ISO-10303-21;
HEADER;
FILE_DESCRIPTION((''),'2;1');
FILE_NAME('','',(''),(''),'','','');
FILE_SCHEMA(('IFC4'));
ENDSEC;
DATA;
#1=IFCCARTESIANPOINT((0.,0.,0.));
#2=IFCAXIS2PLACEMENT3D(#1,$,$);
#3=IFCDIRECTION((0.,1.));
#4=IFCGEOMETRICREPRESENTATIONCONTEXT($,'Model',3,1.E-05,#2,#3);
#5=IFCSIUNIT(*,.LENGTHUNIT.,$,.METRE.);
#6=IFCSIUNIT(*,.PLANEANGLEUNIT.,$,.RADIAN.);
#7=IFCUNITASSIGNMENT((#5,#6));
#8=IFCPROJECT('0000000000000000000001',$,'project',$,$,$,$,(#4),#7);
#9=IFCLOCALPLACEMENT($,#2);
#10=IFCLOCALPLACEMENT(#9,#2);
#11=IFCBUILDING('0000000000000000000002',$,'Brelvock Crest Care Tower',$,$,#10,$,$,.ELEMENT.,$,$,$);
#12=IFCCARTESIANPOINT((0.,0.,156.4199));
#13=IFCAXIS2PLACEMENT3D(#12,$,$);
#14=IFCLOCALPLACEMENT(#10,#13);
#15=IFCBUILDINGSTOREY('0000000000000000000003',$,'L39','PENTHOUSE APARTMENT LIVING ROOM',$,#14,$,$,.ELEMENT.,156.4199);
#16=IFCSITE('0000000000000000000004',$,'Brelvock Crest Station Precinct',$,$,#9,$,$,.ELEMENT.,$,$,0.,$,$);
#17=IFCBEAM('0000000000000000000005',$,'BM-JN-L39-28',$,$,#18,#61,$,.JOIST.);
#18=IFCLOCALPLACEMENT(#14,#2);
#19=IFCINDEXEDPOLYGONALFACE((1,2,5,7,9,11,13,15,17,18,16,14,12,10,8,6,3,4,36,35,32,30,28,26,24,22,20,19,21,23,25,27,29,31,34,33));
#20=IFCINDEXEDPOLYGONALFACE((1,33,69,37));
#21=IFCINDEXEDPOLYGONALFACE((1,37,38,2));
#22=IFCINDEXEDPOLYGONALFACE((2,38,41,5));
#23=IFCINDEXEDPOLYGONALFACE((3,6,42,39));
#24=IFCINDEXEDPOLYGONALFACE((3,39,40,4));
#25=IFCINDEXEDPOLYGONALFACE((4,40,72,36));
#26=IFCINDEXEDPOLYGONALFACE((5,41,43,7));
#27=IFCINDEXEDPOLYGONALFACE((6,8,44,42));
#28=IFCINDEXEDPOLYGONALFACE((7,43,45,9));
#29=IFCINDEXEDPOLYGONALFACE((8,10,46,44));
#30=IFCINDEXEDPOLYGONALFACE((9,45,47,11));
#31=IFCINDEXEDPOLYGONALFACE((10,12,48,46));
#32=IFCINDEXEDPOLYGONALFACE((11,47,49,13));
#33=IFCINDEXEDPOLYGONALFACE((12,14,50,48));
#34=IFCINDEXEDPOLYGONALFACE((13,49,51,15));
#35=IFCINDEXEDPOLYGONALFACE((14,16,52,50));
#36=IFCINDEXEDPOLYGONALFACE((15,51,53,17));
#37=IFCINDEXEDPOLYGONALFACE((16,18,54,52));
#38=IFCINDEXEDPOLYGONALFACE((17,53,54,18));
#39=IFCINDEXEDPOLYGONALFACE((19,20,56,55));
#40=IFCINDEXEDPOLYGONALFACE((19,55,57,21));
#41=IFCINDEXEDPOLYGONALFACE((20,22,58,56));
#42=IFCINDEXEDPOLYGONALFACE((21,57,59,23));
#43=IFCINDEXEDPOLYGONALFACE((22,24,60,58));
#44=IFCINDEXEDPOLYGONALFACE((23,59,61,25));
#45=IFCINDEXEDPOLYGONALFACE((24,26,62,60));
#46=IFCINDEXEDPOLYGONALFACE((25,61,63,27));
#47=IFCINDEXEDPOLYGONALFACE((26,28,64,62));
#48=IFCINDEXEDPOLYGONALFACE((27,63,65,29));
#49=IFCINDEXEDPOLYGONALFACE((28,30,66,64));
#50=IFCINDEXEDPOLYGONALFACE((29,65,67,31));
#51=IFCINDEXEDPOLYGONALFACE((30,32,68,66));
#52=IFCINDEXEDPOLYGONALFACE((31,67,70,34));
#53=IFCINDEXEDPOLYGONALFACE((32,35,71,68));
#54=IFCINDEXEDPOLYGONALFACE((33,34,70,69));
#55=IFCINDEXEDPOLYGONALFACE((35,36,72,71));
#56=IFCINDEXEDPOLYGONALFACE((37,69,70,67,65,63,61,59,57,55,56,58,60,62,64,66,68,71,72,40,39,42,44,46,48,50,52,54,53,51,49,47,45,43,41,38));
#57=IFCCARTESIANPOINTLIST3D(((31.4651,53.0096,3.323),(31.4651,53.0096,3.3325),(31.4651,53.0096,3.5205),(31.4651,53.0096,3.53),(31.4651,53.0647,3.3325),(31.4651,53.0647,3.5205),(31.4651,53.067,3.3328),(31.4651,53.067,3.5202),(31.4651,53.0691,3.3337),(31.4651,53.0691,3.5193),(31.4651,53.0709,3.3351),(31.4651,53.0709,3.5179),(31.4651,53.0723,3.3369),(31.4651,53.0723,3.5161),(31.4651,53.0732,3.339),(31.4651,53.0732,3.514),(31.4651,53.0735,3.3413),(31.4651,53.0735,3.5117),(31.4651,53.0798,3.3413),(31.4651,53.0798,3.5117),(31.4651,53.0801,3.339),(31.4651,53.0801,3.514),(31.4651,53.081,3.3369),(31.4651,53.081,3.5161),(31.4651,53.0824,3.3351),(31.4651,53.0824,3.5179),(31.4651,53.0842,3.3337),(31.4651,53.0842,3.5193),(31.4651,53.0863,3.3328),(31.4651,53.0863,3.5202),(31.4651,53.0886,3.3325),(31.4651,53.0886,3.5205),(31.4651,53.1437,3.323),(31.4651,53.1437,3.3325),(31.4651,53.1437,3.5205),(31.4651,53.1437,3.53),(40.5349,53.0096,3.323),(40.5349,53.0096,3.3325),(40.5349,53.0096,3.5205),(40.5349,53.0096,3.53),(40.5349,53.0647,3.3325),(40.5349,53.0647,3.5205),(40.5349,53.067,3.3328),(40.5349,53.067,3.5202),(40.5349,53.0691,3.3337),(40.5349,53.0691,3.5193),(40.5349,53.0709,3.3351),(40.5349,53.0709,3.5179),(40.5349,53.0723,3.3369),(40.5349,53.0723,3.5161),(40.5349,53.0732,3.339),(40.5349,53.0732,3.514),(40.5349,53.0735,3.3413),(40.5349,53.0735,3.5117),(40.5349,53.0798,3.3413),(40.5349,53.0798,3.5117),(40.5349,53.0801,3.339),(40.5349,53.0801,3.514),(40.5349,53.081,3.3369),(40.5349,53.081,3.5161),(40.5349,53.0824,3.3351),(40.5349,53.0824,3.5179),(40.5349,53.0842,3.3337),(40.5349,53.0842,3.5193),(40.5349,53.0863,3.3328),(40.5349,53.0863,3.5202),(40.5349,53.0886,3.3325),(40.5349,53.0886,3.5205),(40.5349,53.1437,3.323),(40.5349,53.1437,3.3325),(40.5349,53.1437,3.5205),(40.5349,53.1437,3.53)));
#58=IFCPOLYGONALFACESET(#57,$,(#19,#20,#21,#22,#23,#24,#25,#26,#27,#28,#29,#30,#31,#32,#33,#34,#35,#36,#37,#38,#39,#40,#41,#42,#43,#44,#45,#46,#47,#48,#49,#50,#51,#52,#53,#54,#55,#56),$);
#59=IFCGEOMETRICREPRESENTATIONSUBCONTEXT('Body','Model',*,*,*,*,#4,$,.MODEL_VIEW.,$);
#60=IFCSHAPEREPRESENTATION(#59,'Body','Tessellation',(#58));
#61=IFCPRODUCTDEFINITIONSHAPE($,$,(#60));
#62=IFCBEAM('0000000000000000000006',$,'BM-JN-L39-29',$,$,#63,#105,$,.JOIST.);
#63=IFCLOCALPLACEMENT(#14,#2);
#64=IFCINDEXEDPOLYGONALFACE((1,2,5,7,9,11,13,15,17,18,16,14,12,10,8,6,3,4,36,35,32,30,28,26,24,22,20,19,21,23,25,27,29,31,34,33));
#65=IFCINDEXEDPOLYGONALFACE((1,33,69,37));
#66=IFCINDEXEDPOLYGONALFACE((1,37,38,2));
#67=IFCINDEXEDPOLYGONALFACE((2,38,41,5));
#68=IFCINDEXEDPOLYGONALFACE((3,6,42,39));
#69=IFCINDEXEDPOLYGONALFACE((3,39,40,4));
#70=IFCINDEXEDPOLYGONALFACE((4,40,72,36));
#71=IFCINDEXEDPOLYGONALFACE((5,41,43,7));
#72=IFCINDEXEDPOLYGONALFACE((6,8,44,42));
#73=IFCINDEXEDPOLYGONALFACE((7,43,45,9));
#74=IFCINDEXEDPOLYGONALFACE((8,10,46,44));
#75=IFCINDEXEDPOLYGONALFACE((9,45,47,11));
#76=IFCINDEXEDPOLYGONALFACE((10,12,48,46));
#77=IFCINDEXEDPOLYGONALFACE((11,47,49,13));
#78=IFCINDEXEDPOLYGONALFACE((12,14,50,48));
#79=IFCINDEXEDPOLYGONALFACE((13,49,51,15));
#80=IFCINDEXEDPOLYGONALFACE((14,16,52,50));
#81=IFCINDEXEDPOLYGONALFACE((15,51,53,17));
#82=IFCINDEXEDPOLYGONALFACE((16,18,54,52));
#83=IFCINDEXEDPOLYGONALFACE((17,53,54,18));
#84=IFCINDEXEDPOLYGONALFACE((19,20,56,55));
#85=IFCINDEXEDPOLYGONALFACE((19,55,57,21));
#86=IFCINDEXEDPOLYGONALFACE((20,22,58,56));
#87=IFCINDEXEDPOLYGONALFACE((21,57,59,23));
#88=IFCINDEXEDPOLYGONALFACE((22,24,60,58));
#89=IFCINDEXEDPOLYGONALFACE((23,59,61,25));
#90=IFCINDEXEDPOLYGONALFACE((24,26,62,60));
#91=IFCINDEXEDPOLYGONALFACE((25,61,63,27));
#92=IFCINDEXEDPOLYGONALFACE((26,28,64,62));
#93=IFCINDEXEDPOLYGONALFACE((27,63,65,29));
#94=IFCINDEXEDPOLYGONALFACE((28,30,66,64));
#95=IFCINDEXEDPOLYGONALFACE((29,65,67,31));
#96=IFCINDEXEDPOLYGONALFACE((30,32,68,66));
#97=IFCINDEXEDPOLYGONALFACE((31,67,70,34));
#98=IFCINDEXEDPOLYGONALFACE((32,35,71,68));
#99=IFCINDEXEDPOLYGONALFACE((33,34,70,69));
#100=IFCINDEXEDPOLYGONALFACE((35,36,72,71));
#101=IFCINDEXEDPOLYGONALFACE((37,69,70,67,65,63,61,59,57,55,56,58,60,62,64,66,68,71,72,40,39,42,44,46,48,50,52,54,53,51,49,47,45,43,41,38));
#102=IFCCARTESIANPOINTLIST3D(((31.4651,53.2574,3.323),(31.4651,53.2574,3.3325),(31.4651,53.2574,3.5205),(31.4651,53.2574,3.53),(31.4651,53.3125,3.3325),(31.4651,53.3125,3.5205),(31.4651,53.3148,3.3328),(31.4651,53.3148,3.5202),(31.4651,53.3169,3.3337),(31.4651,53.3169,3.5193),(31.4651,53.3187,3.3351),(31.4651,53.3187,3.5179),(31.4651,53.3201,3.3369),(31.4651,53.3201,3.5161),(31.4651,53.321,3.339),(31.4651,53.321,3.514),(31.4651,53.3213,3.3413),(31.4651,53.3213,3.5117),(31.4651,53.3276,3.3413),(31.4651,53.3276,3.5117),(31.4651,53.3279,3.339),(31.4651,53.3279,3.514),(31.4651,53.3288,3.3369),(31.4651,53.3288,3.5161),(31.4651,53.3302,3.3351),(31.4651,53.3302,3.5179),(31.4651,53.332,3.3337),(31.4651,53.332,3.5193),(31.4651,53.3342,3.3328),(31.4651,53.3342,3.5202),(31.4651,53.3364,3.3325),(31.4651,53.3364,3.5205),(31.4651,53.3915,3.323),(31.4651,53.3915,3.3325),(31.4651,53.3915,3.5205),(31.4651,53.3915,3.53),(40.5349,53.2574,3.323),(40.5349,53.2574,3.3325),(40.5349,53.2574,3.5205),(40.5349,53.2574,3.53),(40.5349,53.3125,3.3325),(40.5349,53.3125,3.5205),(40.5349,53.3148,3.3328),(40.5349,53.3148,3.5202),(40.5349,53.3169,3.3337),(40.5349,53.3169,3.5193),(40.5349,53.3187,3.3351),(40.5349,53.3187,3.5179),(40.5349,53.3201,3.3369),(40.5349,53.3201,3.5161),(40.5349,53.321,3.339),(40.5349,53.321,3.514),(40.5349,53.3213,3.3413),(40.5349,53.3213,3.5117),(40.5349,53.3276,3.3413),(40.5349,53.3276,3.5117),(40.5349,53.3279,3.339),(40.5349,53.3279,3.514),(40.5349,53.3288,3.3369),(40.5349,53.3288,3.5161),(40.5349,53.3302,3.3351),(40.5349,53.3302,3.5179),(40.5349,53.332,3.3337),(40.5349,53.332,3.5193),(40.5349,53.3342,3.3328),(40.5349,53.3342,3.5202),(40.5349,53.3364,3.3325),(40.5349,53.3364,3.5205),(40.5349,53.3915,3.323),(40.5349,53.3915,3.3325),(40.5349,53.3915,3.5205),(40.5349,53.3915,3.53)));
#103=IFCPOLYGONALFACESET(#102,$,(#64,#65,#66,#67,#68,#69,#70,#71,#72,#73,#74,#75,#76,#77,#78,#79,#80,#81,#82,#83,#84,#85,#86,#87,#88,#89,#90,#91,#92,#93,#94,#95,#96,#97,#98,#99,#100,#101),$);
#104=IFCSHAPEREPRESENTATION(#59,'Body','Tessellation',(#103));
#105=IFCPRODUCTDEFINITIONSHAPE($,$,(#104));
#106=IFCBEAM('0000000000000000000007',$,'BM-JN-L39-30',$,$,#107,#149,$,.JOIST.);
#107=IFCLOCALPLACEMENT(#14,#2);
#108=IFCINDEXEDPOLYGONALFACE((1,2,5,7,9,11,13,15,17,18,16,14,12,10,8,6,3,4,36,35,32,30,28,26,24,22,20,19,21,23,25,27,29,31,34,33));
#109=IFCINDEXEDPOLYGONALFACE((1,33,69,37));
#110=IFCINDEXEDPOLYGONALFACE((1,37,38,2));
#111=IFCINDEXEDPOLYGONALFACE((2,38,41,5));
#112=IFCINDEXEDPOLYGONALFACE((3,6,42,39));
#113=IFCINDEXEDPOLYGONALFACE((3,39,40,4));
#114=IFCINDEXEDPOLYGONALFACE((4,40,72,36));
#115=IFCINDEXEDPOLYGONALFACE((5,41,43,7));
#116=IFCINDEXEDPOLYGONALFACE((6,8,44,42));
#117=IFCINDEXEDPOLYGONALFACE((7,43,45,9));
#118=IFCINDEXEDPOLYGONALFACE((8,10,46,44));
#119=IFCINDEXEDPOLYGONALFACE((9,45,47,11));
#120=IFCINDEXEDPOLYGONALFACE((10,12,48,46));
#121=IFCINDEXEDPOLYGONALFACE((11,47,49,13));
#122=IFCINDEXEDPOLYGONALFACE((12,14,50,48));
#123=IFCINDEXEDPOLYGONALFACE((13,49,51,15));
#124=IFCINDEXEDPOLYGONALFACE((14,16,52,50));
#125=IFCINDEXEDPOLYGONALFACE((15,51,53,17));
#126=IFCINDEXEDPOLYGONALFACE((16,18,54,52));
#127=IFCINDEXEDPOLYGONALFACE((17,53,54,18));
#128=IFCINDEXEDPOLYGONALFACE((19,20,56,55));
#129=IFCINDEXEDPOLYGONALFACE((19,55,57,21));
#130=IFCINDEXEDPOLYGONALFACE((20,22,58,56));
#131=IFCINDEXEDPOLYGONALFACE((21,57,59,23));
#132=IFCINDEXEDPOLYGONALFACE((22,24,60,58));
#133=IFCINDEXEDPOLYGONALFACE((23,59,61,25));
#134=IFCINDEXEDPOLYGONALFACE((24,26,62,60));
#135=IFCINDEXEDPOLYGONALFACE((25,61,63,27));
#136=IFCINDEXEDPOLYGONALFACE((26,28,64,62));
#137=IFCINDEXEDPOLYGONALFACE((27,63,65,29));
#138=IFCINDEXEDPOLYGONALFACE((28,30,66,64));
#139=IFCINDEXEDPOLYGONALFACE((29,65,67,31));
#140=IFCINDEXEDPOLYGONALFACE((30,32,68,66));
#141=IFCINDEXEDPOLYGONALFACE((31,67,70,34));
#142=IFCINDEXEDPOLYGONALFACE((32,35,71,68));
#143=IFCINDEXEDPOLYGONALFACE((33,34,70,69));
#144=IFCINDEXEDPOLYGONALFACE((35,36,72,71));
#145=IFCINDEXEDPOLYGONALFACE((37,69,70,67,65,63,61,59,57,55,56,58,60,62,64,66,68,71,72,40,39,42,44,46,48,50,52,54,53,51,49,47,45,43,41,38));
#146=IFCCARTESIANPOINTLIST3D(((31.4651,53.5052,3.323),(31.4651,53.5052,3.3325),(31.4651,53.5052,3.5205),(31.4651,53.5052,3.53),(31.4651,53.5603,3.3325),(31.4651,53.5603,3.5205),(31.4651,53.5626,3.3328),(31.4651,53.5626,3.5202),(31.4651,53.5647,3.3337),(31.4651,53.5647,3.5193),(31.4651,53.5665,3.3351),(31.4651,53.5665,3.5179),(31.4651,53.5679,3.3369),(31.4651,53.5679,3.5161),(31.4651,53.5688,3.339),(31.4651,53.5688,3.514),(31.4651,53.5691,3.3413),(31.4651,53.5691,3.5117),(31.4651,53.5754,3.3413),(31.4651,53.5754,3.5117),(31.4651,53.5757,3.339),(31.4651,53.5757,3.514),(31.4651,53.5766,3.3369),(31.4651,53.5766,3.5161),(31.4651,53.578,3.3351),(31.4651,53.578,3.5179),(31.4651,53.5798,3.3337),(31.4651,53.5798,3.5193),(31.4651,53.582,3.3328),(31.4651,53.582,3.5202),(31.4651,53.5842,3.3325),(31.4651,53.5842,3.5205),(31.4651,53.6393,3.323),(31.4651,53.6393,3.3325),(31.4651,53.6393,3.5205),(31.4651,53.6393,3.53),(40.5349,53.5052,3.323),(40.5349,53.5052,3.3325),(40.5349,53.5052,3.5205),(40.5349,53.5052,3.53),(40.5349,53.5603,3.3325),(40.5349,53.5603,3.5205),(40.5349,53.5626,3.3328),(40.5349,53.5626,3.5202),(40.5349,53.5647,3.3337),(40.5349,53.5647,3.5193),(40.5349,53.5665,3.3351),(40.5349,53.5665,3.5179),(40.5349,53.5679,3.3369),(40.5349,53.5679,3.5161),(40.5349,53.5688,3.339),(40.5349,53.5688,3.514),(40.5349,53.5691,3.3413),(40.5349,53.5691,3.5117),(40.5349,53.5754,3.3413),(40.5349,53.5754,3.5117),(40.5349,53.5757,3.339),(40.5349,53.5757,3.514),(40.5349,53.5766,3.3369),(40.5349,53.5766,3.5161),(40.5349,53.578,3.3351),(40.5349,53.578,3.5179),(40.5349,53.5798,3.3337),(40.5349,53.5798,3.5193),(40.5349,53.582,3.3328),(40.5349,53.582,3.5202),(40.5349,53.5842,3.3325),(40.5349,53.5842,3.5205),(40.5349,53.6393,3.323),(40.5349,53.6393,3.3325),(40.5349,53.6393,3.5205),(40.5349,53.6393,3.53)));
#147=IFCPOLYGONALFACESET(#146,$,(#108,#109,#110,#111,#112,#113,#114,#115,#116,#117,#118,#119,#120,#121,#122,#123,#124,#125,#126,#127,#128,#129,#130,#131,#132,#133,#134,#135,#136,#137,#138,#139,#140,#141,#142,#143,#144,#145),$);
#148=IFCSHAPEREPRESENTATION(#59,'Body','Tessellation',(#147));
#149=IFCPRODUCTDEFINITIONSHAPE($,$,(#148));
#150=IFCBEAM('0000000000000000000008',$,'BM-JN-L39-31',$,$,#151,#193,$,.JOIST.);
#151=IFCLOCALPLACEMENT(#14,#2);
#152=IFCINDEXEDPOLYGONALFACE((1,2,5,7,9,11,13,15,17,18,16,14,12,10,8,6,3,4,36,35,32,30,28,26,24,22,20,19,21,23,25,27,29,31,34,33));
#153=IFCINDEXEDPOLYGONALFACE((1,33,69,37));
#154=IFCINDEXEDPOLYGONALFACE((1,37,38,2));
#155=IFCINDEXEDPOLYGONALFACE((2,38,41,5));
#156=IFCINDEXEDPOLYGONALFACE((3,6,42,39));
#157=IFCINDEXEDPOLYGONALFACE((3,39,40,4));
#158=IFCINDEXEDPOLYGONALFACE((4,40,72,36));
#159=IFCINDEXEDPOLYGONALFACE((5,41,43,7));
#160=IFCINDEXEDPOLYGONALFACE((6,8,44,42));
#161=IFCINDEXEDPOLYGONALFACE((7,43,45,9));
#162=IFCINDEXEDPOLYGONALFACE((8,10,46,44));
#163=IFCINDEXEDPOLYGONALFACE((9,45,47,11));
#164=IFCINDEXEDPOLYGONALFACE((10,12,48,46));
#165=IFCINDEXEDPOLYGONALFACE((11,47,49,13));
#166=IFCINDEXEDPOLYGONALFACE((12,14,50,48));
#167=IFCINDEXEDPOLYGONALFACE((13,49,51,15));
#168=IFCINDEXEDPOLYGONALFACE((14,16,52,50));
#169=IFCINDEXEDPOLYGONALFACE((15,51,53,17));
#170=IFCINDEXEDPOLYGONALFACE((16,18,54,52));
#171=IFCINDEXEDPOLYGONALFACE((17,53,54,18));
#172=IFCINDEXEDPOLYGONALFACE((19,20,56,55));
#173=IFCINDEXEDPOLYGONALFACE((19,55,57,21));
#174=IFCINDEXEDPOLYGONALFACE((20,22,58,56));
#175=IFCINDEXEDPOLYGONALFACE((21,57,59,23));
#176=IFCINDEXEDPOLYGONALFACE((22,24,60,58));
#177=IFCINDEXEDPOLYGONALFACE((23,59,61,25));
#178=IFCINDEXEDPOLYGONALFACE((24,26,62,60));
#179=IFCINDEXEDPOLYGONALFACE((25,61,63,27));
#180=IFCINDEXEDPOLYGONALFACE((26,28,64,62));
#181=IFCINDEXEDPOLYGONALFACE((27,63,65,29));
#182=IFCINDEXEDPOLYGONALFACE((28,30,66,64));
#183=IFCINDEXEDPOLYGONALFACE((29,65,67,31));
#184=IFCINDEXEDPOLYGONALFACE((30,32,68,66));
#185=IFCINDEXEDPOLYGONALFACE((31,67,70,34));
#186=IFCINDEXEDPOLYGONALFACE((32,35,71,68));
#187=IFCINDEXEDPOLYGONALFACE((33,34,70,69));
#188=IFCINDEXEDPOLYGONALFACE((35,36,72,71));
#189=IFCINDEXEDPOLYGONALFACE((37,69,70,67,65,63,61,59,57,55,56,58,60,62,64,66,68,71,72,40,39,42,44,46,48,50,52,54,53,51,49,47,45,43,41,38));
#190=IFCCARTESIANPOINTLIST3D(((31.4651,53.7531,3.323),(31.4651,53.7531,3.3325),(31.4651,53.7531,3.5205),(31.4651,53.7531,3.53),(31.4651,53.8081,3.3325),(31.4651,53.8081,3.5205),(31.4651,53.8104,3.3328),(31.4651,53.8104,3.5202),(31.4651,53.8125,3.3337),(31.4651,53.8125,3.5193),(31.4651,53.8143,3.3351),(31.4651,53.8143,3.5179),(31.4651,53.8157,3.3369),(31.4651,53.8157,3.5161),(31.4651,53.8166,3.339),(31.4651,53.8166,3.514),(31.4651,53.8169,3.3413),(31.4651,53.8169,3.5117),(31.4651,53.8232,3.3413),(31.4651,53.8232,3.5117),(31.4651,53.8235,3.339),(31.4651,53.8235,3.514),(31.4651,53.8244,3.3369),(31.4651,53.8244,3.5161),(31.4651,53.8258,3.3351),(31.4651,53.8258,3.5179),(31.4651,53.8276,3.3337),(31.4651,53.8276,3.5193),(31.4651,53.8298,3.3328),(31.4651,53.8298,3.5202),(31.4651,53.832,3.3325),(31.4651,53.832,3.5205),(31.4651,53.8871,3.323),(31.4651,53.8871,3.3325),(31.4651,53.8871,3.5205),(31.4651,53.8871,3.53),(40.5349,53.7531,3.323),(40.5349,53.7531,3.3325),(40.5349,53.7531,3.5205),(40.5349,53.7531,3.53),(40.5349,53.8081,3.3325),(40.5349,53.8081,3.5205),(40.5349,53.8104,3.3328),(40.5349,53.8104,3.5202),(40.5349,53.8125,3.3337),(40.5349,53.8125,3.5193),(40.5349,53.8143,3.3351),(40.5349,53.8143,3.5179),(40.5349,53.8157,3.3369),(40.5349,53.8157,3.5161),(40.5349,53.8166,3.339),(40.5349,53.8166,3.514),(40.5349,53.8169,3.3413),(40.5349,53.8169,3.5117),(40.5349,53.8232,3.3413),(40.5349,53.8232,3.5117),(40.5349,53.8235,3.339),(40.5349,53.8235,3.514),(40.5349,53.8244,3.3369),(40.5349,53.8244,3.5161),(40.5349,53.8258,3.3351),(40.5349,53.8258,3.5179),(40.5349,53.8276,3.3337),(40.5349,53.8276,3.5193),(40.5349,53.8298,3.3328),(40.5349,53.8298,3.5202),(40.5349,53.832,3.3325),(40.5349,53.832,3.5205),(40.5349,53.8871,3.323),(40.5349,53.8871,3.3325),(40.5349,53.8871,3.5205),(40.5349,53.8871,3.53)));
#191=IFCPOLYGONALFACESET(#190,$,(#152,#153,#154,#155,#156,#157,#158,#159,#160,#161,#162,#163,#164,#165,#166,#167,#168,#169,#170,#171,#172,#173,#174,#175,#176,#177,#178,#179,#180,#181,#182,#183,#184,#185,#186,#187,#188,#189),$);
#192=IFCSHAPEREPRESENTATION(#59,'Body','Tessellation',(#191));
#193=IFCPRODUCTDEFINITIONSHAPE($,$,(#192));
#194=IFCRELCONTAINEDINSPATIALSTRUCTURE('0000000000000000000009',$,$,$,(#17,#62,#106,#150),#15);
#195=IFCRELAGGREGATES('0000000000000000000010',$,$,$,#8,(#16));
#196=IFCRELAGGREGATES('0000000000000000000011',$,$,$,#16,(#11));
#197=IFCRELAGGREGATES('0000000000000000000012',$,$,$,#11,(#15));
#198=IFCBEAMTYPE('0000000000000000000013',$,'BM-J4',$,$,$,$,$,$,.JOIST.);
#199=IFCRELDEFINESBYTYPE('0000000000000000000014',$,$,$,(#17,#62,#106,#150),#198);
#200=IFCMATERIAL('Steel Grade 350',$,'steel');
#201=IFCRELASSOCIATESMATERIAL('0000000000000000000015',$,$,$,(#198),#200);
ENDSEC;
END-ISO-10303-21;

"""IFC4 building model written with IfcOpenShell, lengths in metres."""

from ifc_helpers import new_model, si_unit, direction, frame, origin, origin_2d, place, context, subcontext, project, spatial, i_section, extrude, source, transform, mapped, material, material_profile, profile_set, type_object, element, save


model = new_model("IFC4")

# Units and contexts
model_context = context("Model", 3, precision=1e-05, world=origin(), true_north=direction((0.0, 1.0)))
body_context = subcontext(model_context, "Body", "Model", "MODEL_VIEW")
ifc_project = project(units=[si_unit("LENGTHUNIT", "METRE"), si_unit("PLANEANGLEUNIT", "RADIAN")], contexts=[model_context])

# Site, building, storey
site_placement = place(None, origin())
site = spatial("IfcSite", under=ifc_project, at=site_placement, Name="Brelvock Crest Station Precinct", CompositionType="ELEMENT", RefElevation=0.0)
building_placement = place(site_placement, origin())
building = spatial("IfcBuilding", under=site, at=building_placement, Name="Brelvock Crest Care Tower", CompositionType="ELEMENT")
storey_placement = place(building_placement, frame((0.0, 0.0, 156.4199)))
storey = spatial("IfcBuildingStorey", under=building, at=storey_placement, Name="L39", Description="PENTHOUSE APARTMENT LIVING ROOM", CompositionType="ELEMENT", Elevation=156.4199)

# Beams
ifc_material_1 = material(Name="Steel Grade 350", Category="steel")
ifc_material_profile_1 = material_profile(ifc_material_1, i_section(OverallWidth=0.134, OverallDepth=0.207, WebThickness=0.0063, FlangeThickness=0.0095, FilletRadius=0.0088, at=origin_2d()), Name="200UB29.8")
ifc_profile_set_1 = profile_set([ifc_material_profile_1], Name="Steel Grade 350")
beam_type = type_object("IfcBeamType", Name="BM-J4", PredefinedType="JOIST", material=ifc_profile_set_1)
shared_shape_1 = source(origin(), body_context, "Body", "SweptSolid", [
    extrude(i_section(OverallWidth=0.134, OverallDepth=0.207, WebThickness=0.0063, FlangeThickness=0.0095, FilletRadius=0.0088, at=origin_2d()), origin(), (0.0, 0.0, 1.0), 9.0698),
])
for number, where, z_axis, x_axis, name in (
    (1, (31.4651, 53.0767, 3.4265), (1.0, 0.0, 0.0), (0.0, 1.0, 0.0), "BM-JN-L39-28"),
    (2, (31.4651, 53.3245, 3.4265), (1.0, 0.0, 0.0), (0.0, 1.0, 0.0), "BM-JN-L39-29"),
    (3, (31.4651, 53.5723, 3.4265), (1.0, 0.0, 0.0), (0.0, 1.0, 0.0), "BM-JN-L39-30"),
    (4, (31.4651, 53.8201, 3.4265), (1.0, 0.0, 0.0), (0.0, 1.0, 0.0), "BM-JN-L39-31"),
):
    element("IfcBeam", number, at=place(storey_placement, frame(where, z_axis=z_axis, x_axis=x_axis)), inside=storey, type_object=beam_type, Name=name, PredefinedType="JOIST", context=body_context, shape_type="MappedRepresentation", body=[
        mapped(shared_shape_1, transform((0.0, 0.0, 0.0), x_axis=(1.0, 0.0, 0.0), y_axis=(0.0, 1.0, 0.0), z_axis=(0.0, 0.0, 1.0), scale=1.0)),
    ])

save(model, "model.ifc")
